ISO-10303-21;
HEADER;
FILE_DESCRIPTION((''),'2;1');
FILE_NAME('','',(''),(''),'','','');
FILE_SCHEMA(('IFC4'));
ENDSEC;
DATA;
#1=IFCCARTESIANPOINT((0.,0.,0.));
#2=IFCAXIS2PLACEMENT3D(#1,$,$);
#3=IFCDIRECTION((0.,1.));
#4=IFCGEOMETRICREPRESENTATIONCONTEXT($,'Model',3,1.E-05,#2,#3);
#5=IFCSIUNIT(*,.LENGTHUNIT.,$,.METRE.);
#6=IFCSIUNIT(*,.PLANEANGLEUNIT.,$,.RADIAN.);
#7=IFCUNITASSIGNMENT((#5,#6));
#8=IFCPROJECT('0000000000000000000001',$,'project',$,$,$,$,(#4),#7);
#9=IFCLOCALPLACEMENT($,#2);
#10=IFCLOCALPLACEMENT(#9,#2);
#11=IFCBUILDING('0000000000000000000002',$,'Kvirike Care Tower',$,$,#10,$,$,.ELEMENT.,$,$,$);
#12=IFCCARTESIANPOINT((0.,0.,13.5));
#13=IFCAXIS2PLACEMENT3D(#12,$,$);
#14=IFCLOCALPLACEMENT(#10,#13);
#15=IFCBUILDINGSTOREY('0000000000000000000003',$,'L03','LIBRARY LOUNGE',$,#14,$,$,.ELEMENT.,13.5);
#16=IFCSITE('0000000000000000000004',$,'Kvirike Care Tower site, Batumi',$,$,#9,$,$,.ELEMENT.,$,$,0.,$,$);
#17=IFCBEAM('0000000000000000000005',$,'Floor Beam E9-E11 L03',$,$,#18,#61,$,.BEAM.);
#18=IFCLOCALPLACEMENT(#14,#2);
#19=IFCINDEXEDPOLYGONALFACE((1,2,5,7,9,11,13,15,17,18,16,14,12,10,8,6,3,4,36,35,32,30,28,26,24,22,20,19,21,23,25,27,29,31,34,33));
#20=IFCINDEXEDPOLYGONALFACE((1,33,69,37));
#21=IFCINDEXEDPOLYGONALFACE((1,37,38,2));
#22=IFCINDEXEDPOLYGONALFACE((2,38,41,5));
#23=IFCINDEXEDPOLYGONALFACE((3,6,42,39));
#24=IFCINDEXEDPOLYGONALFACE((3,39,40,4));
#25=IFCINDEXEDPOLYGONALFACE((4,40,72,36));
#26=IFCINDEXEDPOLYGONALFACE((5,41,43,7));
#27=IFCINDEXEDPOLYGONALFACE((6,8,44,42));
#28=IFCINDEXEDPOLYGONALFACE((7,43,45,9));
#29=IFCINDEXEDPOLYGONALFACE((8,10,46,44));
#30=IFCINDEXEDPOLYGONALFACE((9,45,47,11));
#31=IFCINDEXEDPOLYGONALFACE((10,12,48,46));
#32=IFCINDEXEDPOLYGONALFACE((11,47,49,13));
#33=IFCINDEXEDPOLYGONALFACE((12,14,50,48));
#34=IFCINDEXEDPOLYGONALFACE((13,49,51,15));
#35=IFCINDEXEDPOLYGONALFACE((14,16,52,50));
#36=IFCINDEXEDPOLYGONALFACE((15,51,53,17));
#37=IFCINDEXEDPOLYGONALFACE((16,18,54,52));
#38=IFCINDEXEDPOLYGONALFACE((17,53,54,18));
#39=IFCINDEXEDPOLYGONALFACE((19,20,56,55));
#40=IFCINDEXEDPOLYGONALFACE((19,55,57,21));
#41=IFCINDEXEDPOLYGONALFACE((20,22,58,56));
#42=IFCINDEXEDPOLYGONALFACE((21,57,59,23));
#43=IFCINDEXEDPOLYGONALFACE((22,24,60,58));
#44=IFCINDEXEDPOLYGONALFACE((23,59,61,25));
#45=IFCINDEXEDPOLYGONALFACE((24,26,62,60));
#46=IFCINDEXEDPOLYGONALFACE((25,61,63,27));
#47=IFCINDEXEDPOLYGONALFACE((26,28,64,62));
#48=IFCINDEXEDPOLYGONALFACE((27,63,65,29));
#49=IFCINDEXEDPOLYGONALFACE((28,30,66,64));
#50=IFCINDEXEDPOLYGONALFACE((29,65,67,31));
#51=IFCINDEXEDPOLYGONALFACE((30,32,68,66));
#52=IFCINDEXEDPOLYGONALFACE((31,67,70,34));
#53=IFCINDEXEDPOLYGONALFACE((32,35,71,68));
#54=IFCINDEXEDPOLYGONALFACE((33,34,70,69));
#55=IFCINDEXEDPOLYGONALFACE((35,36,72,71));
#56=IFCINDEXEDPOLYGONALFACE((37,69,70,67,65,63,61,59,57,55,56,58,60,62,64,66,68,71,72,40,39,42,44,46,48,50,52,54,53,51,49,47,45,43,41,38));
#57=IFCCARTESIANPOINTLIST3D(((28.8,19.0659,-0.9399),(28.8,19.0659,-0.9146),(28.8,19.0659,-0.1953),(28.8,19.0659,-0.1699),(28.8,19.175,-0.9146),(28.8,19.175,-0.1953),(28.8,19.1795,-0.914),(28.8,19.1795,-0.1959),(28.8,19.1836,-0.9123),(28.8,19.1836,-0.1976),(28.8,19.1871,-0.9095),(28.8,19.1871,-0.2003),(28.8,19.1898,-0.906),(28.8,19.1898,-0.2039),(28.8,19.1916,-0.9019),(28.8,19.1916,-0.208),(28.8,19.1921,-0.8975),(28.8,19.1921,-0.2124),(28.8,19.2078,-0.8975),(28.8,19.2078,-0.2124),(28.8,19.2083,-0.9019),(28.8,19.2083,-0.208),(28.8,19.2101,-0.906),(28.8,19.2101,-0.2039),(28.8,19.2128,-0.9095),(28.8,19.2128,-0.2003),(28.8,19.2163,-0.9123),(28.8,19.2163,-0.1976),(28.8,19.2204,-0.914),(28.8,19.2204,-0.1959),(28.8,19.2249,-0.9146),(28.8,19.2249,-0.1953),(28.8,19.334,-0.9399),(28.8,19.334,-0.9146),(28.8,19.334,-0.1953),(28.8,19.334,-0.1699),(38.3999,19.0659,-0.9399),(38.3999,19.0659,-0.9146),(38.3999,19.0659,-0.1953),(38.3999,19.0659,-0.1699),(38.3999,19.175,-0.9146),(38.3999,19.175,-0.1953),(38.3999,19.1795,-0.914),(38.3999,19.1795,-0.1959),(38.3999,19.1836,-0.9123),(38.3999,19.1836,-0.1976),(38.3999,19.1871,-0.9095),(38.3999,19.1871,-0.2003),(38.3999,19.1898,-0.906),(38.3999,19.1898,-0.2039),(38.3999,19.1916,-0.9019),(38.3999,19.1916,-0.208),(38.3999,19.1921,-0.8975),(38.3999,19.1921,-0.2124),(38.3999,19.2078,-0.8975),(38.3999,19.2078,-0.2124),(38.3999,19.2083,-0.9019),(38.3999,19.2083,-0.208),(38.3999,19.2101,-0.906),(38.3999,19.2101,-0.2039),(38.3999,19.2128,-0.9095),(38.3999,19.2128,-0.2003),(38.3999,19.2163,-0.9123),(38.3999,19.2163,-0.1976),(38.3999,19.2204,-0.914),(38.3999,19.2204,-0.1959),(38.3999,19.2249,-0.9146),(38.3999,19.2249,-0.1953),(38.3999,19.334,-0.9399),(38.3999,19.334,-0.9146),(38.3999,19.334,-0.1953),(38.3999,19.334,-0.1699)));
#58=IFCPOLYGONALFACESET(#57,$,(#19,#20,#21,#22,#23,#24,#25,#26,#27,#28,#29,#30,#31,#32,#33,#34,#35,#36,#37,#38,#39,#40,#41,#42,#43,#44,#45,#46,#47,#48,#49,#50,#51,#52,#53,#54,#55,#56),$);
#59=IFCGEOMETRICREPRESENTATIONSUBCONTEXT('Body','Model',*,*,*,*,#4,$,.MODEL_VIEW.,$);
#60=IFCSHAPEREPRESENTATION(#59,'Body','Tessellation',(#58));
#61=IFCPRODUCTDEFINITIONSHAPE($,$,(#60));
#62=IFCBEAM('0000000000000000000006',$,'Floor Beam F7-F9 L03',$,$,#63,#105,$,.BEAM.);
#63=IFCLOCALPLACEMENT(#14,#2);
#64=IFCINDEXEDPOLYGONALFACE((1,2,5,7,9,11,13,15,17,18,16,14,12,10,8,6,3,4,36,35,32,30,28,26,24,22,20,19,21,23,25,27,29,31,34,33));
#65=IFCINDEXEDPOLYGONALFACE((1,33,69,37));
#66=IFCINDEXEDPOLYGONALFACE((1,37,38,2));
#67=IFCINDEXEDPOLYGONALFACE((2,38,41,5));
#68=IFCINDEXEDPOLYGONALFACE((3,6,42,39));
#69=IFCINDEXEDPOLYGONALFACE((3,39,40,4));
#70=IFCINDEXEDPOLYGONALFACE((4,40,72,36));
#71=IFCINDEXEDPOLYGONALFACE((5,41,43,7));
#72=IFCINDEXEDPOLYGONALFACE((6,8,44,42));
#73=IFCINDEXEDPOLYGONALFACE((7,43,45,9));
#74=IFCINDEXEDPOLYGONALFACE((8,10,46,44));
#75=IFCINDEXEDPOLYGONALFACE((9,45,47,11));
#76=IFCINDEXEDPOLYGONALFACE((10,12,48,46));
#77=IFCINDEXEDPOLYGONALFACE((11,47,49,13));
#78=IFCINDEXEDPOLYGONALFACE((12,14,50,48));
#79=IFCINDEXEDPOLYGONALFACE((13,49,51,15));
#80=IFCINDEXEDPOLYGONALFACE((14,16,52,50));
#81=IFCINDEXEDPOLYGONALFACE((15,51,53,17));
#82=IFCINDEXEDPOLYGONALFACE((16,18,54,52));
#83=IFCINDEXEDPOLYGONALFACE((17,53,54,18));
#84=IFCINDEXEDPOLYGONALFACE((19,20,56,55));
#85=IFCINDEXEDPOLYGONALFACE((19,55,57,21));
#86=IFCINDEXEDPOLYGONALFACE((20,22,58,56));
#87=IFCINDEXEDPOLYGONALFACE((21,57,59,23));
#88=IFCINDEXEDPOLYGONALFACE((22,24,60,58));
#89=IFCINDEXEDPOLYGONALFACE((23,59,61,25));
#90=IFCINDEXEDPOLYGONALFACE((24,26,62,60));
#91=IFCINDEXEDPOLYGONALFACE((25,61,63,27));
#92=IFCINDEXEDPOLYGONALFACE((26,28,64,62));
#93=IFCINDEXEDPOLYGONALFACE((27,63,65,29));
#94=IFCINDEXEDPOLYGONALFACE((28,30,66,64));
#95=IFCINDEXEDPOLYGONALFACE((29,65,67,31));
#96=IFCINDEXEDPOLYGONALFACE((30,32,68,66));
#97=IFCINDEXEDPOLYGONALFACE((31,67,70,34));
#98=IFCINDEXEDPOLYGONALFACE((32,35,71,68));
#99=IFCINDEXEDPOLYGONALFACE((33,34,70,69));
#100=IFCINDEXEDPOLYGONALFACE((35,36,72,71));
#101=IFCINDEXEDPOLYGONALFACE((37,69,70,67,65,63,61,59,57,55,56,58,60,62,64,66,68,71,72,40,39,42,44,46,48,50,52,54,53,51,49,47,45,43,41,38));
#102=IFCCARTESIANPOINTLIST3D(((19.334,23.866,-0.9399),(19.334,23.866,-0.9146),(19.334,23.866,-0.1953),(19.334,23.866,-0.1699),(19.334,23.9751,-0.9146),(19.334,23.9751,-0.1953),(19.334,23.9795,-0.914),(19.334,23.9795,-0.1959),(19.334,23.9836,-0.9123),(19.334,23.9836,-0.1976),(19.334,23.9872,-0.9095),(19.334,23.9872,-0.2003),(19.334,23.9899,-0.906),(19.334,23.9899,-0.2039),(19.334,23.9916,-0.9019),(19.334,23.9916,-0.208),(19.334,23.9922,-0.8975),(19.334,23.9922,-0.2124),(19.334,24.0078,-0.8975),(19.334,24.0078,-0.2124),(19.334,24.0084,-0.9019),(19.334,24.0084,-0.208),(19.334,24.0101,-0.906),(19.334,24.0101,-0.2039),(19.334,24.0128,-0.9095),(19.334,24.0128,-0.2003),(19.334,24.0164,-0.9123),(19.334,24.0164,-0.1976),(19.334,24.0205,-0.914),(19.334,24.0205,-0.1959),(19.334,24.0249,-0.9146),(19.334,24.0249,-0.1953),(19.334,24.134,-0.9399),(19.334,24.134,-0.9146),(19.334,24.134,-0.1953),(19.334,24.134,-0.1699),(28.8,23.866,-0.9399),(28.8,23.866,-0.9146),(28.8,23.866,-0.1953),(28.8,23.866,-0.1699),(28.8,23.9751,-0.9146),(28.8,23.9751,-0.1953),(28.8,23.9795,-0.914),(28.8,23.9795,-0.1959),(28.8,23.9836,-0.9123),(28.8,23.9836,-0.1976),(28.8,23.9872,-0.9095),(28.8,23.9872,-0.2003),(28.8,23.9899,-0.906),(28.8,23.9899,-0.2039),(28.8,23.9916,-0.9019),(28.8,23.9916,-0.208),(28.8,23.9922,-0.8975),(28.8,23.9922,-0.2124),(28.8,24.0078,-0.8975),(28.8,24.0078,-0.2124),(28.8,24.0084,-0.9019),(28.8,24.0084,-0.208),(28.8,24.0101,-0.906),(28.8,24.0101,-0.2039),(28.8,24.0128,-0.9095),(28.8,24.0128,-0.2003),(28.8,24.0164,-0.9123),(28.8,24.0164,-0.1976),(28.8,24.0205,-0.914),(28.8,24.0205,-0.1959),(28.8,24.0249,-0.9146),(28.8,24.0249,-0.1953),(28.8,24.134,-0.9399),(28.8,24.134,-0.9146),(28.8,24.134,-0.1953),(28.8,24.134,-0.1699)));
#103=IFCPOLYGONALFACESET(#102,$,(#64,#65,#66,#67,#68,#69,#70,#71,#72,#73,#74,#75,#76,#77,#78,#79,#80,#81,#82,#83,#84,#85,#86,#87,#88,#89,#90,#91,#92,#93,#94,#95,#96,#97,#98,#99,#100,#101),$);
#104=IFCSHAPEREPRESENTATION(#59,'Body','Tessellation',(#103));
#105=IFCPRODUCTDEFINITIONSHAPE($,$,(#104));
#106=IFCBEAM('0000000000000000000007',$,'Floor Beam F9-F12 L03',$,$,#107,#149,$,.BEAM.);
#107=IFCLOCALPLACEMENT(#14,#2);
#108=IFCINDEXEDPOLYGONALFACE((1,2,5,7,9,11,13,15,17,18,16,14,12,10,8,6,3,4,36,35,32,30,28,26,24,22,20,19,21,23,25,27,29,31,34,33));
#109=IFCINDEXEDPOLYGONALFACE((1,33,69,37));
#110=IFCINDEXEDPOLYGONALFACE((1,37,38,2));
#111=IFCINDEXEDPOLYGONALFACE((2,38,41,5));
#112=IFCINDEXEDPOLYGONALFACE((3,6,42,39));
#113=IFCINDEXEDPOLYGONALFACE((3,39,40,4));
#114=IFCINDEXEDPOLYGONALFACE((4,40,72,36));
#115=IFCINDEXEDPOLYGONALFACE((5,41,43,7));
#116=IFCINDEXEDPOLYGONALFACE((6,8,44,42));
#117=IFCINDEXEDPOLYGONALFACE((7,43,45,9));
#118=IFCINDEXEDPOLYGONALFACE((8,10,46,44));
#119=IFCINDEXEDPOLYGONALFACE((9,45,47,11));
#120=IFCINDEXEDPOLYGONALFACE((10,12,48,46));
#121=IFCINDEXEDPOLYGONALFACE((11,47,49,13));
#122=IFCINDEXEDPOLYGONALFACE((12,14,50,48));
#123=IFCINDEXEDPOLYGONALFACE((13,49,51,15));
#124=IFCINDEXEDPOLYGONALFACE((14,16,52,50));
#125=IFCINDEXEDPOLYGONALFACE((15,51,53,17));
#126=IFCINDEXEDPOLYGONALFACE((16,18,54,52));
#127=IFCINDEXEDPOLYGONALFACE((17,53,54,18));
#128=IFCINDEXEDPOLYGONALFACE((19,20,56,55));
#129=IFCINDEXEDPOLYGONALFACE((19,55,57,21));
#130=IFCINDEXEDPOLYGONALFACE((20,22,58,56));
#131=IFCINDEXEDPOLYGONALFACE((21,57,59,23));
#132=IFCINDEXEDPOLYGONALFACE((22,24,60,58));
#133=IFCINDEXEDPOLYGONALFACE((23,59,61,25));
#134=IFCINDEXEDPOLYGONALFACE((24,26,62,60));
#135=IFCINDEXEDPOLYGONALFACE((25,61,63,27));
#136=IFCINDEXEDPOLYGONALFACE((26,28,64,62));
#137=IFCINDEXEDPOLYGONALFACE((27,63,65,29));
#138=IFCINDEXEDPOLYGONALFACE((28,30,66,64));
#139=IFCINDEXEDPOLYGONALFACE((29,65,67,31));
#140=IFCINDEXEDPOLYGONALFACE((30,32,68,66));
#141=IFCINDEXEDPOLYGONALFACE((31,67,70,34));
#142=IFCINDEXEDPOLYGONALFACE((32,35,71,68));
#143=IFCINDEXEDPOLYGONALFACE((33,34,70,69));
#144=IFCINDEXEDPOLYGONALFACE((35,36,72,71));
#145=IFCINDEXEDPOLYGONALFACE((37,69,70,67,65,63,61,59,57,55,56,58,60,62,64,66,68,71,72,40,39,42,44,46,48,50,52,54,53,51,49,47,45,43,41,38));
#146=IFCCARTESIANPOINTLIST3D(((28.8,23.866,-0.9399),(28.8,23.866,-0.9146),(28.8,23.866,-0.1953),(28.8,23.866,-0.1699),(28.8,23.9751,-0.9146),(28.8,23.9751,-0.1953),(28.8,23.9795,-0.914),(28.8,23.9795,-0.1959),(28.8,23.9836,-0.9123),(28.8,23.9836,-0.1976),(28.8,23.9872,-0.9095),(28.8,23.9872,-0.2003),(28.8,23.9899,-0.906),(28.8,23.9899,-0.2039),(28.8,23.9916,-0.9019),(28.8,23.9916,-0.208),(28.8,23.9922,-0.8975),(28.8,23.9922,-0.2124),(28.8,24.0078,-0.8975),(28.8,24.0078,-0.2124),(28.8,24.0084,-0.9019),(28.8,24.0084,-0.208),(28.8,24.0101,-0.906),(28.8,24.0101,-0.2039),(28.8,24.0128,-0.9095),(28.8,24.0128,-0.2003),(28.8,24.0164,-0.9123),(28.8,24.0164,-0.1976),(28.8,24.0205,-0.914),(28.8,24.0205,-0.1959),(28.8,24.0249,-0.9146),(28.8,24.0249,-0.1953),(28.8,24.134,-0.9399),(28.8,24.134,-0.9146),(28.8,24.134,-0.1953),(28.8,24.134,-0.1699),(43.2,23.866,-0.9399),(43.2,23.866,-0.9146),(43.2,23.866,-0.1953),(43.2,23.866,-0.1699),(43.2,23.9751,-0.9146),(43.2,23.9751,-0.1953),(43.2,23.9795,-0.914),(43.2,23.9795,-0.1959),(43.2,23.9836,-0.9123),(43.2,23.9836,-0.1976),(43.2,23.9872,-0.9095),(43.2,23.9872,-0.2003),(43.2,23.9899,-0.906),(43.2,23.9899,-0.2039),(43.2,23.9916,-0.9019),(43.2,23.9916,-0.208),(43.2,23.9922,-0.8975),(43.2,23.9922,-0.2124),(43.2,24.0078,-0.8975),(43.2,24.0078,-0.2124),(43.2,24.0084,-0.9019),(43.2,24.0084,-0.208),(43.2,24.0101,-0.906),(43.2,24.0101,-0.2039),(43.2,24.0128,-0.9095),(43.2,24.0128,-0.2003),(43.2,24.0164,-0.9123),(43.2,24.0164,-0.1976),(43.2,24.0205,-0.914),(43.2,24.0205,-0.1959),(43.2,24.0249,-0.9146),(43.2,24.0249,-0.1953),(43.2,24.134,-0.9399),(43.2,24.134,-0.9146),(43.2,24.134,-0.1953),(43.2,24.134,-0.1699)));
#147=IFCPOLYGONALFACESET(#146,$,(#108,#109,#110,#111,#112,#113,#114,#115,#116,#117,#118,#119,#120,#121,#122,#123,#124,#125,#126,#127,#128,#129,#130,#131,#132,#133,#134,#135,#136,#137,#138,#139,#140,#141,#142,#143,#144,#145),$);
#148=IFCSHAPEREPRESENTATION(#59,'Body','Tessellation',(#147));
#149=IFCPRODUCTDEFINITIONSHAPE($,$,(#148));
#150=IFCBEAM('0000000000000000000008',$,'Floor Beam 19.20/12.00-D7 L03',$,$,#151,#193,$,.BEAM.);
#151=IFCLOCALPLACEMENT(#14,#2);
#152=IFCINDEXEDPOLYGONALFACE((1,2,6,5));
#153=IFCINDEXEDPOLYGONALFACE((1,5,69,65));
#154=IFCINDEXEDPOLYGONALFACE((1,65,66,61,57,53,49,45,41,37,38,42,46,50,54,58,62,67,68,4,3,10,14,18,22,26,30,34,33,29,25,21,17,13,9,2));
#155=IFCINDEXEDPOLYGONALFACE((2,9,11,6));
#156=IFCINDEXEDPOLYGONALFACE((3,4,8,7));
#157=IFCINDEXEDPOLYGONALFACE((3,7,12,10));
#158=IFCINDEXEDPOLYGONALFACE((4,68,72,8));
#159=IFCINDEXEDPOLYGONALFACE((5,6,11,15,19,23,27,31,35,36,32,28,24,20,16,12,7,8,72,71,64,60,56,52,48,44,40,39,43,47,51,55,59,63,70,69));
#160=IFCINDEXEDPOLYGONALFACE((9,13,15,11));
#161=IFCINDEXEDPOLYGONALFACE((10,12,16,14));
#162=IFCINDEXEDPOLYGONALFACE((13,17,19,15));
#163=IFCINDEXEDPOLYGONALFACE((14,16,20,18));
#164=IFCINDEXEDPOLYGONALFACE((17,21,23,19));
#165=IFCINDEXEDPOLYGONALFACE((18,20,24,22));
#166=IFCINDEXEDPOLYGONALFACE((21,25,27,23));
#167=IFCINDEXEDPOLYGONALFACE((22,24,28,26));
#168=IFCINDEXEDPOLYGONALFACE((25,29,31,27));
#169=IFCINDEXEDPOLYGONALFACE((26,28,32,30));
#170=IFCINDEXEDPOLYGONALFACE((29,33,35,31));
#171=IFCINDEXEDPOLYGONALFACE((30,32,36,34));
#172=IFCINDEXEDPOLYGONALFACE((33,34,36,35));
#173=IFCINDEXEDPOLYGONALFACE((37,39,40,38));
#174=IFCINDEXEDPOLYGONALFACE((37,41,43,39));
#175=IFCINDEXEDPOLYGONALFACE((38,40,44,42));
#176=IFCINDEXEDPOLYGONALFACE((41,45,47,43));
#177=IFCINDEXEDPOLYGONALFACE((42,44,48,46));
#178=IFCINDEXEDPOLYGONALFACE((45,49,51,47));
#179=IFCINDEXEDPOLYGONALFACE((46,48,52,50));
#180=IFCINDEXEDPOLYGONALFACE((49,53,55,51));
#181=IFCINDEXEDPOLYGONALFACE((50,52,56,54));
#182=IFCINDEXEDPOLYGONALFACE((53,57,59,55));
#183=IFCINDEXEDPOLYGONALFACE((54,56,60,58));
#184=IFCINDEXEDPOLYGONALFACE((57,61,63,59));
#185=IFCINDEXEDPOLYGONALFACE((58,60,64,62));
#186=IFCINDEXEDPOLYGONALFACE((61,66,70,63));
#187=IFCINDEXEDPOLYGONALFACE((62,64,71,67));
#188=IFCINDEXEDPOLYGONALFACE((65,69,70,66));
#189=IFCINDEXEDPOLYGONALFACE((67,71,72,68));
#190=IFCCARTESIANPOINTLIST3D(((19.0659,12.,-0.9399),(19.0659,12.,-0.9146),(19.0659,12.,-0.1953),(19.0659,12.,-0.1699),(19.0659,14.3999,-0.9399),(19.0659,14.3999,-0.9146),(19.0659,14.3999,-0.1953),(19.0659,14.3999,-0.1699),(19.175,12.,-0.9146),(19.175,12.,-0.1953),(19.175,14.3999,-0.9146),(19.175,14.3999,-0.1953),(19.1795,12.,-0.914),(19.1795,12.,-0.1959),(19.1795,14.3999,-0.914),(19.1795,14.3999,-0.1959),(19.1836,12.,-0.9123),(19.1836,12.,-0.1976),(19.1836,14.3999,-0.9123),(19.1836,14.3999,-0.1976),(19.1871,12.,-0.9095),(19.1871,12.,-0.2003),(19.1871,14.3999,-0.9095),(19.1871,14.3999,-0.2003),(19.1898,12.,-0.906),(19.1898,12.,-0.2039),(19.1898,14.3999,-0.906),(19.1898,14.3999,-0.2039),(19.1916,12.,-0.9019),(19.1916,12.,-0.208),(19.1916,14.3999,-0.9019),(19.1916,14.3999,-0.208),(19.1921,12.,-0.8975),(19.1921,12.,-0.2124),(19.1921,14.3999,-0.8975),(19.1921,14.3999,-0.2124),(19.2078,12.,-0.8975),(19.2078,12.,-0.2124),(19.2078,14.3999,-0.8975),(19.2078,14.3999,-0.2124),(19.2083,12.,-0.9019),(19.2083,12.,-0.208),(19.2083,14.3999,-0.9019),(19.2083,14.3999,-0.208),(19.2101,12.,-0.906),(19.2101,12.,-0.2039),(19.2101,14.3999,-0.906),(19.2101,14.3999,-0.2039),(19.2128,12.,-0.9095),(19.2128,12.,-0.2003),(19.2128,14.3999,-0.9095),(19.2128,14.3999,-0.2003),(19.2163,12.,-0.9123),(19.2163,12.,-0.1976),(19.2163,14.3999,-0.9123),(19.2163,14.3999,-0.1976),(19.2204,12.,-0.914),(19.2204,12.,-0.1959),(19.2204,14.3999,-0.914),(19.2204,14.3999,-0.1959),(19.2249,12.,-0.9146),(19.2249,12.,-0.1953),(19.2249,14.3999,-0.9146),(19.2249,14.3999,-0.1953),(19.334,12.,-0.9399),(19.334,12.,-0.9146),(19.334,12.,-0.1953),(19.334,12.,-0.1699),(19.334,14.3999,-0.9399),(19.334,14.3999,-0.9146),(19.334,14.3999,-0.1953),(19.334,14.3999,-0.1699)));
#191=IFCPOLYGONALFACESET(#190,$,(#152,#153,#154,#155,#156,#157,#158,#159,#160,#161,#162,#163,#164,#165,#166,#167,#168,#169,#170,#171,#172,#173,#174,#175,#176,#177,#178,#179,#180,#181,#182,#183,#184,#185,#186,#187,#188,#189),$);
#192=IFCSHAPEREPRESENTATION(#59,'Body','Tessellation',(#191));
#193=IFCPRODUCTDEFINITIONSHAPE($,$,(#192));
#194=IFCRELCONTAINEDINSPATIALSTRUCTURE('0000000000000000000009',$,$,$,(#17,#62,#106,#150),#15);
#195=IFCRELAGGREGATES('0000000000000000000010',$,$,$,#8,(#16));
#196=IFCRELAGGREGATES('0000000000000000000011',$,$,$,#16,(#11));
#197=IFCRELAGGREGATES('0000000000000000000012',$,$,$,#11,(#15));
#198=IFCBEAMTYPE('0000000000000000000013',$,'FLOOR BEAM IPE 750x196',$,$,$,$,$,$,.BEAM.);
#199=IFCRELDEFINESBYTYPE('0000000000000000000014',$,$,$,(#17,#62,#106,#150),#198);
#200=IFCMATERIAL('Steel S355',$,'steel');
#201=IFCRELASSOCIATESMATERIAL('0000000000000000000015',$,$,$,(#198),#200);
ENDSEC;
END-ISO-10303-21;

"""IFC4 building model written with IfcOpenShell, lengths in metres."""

from ifc_helpers import new_model, si_unit, direction, frame, origin, origin_2d, place, context, subcontext, project, spatial, i_section, extrude, material, material_profile, profile_set, type_object, element, save


model = new_model("IFC4")

# Units and contexts
model_context = context("Model", 3, precision=1e-05, world=origin(), true_north=direction((0.0, 1.0)))
body_context = subcontext(model_context, "Body", "Model", "MODEL_VIEW")
ifc_project = project(units=[si_unit("LENGTHUNIT", "METRE"), si_unit("PLANEANGLEUNIT", "RADIAN")], contexts=[model_context])

# Site, building, storey
site_placement = place(None, origin())
site = spatial("IfcSite", under=ifc_project, at=site_placement, Name="Kvirike Care Tower site, Batumi", CompositionType="ELEMENT", RefElevation=0.0)
building_placement = place(site_placement, origin())
building = spatial("IfcBuilding", under=site, at=building_placement, Name="Kvirike Care Tower", CompositionType="ELEMENT")
storey_placement = place(building_placement, frame((0.0, 0.0, 13.5)))
storey = spatial("IfcBuildingStorey", under=building, at=storey_placement, Name="L03", Description="LIBRARY LOUNGE", CompositionType="ELEMENT", Elevation=13.5)

# Beams
ifc_material_1 = material(Name="Steel S355", Category="steel")
ifc_material_profile_1 = material_profile(ifc_material_1, i_section(OverallWidth=0.2681, OverallDepth=0.77, WebThickness=0.0156, FlangeThickness=0.0254, FilletRadius=0.0171, at=origin_2d()), Name="IPE 750x196")
ifc_profile_set_1 = profile_set([ifc_material_profile_1], Name="Steel S355")
beam_type_1 = type_object("IfcBeamType", Name="FLOOR BEAM IPE 750x196", PredefinedType="BEAM", material=ifc_profile_set_1)
beam_1_placement = place(storey_placement, frame((28.8, 19.2, -0.5549), z_axis=(1.0, 0.0, 0.0), x_axis=(0.0, 1.0, 0.0)))
element("IfcBeam", 1, at=beam_1_placement, inside=storey, type_object=beam_type_1, Name="Floor Beam E9-E11 L03", PredefinedType="BEAM", context=body_context, shape_type="SweptSolid", body=[
    extrude(i_section(OverallWidth=0.2681, OverallDepth=0.77, WebThickness=0.0156, FlangeThickness=0.0254, FilletRadius=0.0171, at=origin_2d()), origin(), (0.0, 0.0, 1.0), 9.5999),
])
beam_2_placement = place(storey_placement, frame((19.334, 24.0, -0.5549), z_axis=(1.0, 0.0, 0.0), x_axis=(0.0, 1.0, 0.0)))
element("IfcBeam", 2, at=beam_2_placement, inside=storey, type_object=beam_type_1, Name="Floor Beam F7-F9 L03", PredefinedType="BEAM", context=body_context, shape_type="SweptSolid", body=[
    extrude(i_section(OverallWidth=0.2681, OverallDepth=0.77, WebThickness=0.0156, FlangeThickness=0.0254, FilletRadius=0.0171, at=origin_2d()), origin(), (0.0, 0.0, 1.0), 9.4661),
])
beam_3_placement = place(storey_placement, frame((28.8, 24.0, -0.5549), z_axis=(1.0, 0.0, 0.0), x_axis=(0.0, 1.0, 0.0)))
element("IfcBeam", 3, at=beam_3_placement, inside=storey, type_object=beam_type_1, Name="Floor Beam F9-F12 L03", PredefinedType="BEAM", context=body_context, shape_type="SweptSolid", body=[
    extrude(i_section(OverallWidth=0.2681, OverallDepth=0.77, WebThickness=0.0156, FlangeThickness=0.0254, FilletRadius=0.0171, at=origin_2d()), origin(), (0.0, 0.0, 1.0), 14.3999),
])
beam_4_placement = place(storey_placement, frame((19.2, 12.0, -0.5549), z_axis=(0.0, 1.0, 0.0), x_axis=(-1.0, 0.0, 0.0)))
element("IfcBeam", 4, at=beam_4_placement, inside=storey, type_object=beam_type_1, Name="Floor Beam 19.20/12.00-D7 L03", PredefinedType="BEAM", context=body_context, shape_type="SweptSolid", body=[
    extrude(i_section(OverallWidth=0.2681, OverallDepth=0.77, WebThickness=0.0156, FlangeThickness=0.0254, FilletRadius=0.0171, at=origin_2d()), origin(), (0.0, 0.0, 1.0), 2.3999),
])

save(model, "model.ifc")
